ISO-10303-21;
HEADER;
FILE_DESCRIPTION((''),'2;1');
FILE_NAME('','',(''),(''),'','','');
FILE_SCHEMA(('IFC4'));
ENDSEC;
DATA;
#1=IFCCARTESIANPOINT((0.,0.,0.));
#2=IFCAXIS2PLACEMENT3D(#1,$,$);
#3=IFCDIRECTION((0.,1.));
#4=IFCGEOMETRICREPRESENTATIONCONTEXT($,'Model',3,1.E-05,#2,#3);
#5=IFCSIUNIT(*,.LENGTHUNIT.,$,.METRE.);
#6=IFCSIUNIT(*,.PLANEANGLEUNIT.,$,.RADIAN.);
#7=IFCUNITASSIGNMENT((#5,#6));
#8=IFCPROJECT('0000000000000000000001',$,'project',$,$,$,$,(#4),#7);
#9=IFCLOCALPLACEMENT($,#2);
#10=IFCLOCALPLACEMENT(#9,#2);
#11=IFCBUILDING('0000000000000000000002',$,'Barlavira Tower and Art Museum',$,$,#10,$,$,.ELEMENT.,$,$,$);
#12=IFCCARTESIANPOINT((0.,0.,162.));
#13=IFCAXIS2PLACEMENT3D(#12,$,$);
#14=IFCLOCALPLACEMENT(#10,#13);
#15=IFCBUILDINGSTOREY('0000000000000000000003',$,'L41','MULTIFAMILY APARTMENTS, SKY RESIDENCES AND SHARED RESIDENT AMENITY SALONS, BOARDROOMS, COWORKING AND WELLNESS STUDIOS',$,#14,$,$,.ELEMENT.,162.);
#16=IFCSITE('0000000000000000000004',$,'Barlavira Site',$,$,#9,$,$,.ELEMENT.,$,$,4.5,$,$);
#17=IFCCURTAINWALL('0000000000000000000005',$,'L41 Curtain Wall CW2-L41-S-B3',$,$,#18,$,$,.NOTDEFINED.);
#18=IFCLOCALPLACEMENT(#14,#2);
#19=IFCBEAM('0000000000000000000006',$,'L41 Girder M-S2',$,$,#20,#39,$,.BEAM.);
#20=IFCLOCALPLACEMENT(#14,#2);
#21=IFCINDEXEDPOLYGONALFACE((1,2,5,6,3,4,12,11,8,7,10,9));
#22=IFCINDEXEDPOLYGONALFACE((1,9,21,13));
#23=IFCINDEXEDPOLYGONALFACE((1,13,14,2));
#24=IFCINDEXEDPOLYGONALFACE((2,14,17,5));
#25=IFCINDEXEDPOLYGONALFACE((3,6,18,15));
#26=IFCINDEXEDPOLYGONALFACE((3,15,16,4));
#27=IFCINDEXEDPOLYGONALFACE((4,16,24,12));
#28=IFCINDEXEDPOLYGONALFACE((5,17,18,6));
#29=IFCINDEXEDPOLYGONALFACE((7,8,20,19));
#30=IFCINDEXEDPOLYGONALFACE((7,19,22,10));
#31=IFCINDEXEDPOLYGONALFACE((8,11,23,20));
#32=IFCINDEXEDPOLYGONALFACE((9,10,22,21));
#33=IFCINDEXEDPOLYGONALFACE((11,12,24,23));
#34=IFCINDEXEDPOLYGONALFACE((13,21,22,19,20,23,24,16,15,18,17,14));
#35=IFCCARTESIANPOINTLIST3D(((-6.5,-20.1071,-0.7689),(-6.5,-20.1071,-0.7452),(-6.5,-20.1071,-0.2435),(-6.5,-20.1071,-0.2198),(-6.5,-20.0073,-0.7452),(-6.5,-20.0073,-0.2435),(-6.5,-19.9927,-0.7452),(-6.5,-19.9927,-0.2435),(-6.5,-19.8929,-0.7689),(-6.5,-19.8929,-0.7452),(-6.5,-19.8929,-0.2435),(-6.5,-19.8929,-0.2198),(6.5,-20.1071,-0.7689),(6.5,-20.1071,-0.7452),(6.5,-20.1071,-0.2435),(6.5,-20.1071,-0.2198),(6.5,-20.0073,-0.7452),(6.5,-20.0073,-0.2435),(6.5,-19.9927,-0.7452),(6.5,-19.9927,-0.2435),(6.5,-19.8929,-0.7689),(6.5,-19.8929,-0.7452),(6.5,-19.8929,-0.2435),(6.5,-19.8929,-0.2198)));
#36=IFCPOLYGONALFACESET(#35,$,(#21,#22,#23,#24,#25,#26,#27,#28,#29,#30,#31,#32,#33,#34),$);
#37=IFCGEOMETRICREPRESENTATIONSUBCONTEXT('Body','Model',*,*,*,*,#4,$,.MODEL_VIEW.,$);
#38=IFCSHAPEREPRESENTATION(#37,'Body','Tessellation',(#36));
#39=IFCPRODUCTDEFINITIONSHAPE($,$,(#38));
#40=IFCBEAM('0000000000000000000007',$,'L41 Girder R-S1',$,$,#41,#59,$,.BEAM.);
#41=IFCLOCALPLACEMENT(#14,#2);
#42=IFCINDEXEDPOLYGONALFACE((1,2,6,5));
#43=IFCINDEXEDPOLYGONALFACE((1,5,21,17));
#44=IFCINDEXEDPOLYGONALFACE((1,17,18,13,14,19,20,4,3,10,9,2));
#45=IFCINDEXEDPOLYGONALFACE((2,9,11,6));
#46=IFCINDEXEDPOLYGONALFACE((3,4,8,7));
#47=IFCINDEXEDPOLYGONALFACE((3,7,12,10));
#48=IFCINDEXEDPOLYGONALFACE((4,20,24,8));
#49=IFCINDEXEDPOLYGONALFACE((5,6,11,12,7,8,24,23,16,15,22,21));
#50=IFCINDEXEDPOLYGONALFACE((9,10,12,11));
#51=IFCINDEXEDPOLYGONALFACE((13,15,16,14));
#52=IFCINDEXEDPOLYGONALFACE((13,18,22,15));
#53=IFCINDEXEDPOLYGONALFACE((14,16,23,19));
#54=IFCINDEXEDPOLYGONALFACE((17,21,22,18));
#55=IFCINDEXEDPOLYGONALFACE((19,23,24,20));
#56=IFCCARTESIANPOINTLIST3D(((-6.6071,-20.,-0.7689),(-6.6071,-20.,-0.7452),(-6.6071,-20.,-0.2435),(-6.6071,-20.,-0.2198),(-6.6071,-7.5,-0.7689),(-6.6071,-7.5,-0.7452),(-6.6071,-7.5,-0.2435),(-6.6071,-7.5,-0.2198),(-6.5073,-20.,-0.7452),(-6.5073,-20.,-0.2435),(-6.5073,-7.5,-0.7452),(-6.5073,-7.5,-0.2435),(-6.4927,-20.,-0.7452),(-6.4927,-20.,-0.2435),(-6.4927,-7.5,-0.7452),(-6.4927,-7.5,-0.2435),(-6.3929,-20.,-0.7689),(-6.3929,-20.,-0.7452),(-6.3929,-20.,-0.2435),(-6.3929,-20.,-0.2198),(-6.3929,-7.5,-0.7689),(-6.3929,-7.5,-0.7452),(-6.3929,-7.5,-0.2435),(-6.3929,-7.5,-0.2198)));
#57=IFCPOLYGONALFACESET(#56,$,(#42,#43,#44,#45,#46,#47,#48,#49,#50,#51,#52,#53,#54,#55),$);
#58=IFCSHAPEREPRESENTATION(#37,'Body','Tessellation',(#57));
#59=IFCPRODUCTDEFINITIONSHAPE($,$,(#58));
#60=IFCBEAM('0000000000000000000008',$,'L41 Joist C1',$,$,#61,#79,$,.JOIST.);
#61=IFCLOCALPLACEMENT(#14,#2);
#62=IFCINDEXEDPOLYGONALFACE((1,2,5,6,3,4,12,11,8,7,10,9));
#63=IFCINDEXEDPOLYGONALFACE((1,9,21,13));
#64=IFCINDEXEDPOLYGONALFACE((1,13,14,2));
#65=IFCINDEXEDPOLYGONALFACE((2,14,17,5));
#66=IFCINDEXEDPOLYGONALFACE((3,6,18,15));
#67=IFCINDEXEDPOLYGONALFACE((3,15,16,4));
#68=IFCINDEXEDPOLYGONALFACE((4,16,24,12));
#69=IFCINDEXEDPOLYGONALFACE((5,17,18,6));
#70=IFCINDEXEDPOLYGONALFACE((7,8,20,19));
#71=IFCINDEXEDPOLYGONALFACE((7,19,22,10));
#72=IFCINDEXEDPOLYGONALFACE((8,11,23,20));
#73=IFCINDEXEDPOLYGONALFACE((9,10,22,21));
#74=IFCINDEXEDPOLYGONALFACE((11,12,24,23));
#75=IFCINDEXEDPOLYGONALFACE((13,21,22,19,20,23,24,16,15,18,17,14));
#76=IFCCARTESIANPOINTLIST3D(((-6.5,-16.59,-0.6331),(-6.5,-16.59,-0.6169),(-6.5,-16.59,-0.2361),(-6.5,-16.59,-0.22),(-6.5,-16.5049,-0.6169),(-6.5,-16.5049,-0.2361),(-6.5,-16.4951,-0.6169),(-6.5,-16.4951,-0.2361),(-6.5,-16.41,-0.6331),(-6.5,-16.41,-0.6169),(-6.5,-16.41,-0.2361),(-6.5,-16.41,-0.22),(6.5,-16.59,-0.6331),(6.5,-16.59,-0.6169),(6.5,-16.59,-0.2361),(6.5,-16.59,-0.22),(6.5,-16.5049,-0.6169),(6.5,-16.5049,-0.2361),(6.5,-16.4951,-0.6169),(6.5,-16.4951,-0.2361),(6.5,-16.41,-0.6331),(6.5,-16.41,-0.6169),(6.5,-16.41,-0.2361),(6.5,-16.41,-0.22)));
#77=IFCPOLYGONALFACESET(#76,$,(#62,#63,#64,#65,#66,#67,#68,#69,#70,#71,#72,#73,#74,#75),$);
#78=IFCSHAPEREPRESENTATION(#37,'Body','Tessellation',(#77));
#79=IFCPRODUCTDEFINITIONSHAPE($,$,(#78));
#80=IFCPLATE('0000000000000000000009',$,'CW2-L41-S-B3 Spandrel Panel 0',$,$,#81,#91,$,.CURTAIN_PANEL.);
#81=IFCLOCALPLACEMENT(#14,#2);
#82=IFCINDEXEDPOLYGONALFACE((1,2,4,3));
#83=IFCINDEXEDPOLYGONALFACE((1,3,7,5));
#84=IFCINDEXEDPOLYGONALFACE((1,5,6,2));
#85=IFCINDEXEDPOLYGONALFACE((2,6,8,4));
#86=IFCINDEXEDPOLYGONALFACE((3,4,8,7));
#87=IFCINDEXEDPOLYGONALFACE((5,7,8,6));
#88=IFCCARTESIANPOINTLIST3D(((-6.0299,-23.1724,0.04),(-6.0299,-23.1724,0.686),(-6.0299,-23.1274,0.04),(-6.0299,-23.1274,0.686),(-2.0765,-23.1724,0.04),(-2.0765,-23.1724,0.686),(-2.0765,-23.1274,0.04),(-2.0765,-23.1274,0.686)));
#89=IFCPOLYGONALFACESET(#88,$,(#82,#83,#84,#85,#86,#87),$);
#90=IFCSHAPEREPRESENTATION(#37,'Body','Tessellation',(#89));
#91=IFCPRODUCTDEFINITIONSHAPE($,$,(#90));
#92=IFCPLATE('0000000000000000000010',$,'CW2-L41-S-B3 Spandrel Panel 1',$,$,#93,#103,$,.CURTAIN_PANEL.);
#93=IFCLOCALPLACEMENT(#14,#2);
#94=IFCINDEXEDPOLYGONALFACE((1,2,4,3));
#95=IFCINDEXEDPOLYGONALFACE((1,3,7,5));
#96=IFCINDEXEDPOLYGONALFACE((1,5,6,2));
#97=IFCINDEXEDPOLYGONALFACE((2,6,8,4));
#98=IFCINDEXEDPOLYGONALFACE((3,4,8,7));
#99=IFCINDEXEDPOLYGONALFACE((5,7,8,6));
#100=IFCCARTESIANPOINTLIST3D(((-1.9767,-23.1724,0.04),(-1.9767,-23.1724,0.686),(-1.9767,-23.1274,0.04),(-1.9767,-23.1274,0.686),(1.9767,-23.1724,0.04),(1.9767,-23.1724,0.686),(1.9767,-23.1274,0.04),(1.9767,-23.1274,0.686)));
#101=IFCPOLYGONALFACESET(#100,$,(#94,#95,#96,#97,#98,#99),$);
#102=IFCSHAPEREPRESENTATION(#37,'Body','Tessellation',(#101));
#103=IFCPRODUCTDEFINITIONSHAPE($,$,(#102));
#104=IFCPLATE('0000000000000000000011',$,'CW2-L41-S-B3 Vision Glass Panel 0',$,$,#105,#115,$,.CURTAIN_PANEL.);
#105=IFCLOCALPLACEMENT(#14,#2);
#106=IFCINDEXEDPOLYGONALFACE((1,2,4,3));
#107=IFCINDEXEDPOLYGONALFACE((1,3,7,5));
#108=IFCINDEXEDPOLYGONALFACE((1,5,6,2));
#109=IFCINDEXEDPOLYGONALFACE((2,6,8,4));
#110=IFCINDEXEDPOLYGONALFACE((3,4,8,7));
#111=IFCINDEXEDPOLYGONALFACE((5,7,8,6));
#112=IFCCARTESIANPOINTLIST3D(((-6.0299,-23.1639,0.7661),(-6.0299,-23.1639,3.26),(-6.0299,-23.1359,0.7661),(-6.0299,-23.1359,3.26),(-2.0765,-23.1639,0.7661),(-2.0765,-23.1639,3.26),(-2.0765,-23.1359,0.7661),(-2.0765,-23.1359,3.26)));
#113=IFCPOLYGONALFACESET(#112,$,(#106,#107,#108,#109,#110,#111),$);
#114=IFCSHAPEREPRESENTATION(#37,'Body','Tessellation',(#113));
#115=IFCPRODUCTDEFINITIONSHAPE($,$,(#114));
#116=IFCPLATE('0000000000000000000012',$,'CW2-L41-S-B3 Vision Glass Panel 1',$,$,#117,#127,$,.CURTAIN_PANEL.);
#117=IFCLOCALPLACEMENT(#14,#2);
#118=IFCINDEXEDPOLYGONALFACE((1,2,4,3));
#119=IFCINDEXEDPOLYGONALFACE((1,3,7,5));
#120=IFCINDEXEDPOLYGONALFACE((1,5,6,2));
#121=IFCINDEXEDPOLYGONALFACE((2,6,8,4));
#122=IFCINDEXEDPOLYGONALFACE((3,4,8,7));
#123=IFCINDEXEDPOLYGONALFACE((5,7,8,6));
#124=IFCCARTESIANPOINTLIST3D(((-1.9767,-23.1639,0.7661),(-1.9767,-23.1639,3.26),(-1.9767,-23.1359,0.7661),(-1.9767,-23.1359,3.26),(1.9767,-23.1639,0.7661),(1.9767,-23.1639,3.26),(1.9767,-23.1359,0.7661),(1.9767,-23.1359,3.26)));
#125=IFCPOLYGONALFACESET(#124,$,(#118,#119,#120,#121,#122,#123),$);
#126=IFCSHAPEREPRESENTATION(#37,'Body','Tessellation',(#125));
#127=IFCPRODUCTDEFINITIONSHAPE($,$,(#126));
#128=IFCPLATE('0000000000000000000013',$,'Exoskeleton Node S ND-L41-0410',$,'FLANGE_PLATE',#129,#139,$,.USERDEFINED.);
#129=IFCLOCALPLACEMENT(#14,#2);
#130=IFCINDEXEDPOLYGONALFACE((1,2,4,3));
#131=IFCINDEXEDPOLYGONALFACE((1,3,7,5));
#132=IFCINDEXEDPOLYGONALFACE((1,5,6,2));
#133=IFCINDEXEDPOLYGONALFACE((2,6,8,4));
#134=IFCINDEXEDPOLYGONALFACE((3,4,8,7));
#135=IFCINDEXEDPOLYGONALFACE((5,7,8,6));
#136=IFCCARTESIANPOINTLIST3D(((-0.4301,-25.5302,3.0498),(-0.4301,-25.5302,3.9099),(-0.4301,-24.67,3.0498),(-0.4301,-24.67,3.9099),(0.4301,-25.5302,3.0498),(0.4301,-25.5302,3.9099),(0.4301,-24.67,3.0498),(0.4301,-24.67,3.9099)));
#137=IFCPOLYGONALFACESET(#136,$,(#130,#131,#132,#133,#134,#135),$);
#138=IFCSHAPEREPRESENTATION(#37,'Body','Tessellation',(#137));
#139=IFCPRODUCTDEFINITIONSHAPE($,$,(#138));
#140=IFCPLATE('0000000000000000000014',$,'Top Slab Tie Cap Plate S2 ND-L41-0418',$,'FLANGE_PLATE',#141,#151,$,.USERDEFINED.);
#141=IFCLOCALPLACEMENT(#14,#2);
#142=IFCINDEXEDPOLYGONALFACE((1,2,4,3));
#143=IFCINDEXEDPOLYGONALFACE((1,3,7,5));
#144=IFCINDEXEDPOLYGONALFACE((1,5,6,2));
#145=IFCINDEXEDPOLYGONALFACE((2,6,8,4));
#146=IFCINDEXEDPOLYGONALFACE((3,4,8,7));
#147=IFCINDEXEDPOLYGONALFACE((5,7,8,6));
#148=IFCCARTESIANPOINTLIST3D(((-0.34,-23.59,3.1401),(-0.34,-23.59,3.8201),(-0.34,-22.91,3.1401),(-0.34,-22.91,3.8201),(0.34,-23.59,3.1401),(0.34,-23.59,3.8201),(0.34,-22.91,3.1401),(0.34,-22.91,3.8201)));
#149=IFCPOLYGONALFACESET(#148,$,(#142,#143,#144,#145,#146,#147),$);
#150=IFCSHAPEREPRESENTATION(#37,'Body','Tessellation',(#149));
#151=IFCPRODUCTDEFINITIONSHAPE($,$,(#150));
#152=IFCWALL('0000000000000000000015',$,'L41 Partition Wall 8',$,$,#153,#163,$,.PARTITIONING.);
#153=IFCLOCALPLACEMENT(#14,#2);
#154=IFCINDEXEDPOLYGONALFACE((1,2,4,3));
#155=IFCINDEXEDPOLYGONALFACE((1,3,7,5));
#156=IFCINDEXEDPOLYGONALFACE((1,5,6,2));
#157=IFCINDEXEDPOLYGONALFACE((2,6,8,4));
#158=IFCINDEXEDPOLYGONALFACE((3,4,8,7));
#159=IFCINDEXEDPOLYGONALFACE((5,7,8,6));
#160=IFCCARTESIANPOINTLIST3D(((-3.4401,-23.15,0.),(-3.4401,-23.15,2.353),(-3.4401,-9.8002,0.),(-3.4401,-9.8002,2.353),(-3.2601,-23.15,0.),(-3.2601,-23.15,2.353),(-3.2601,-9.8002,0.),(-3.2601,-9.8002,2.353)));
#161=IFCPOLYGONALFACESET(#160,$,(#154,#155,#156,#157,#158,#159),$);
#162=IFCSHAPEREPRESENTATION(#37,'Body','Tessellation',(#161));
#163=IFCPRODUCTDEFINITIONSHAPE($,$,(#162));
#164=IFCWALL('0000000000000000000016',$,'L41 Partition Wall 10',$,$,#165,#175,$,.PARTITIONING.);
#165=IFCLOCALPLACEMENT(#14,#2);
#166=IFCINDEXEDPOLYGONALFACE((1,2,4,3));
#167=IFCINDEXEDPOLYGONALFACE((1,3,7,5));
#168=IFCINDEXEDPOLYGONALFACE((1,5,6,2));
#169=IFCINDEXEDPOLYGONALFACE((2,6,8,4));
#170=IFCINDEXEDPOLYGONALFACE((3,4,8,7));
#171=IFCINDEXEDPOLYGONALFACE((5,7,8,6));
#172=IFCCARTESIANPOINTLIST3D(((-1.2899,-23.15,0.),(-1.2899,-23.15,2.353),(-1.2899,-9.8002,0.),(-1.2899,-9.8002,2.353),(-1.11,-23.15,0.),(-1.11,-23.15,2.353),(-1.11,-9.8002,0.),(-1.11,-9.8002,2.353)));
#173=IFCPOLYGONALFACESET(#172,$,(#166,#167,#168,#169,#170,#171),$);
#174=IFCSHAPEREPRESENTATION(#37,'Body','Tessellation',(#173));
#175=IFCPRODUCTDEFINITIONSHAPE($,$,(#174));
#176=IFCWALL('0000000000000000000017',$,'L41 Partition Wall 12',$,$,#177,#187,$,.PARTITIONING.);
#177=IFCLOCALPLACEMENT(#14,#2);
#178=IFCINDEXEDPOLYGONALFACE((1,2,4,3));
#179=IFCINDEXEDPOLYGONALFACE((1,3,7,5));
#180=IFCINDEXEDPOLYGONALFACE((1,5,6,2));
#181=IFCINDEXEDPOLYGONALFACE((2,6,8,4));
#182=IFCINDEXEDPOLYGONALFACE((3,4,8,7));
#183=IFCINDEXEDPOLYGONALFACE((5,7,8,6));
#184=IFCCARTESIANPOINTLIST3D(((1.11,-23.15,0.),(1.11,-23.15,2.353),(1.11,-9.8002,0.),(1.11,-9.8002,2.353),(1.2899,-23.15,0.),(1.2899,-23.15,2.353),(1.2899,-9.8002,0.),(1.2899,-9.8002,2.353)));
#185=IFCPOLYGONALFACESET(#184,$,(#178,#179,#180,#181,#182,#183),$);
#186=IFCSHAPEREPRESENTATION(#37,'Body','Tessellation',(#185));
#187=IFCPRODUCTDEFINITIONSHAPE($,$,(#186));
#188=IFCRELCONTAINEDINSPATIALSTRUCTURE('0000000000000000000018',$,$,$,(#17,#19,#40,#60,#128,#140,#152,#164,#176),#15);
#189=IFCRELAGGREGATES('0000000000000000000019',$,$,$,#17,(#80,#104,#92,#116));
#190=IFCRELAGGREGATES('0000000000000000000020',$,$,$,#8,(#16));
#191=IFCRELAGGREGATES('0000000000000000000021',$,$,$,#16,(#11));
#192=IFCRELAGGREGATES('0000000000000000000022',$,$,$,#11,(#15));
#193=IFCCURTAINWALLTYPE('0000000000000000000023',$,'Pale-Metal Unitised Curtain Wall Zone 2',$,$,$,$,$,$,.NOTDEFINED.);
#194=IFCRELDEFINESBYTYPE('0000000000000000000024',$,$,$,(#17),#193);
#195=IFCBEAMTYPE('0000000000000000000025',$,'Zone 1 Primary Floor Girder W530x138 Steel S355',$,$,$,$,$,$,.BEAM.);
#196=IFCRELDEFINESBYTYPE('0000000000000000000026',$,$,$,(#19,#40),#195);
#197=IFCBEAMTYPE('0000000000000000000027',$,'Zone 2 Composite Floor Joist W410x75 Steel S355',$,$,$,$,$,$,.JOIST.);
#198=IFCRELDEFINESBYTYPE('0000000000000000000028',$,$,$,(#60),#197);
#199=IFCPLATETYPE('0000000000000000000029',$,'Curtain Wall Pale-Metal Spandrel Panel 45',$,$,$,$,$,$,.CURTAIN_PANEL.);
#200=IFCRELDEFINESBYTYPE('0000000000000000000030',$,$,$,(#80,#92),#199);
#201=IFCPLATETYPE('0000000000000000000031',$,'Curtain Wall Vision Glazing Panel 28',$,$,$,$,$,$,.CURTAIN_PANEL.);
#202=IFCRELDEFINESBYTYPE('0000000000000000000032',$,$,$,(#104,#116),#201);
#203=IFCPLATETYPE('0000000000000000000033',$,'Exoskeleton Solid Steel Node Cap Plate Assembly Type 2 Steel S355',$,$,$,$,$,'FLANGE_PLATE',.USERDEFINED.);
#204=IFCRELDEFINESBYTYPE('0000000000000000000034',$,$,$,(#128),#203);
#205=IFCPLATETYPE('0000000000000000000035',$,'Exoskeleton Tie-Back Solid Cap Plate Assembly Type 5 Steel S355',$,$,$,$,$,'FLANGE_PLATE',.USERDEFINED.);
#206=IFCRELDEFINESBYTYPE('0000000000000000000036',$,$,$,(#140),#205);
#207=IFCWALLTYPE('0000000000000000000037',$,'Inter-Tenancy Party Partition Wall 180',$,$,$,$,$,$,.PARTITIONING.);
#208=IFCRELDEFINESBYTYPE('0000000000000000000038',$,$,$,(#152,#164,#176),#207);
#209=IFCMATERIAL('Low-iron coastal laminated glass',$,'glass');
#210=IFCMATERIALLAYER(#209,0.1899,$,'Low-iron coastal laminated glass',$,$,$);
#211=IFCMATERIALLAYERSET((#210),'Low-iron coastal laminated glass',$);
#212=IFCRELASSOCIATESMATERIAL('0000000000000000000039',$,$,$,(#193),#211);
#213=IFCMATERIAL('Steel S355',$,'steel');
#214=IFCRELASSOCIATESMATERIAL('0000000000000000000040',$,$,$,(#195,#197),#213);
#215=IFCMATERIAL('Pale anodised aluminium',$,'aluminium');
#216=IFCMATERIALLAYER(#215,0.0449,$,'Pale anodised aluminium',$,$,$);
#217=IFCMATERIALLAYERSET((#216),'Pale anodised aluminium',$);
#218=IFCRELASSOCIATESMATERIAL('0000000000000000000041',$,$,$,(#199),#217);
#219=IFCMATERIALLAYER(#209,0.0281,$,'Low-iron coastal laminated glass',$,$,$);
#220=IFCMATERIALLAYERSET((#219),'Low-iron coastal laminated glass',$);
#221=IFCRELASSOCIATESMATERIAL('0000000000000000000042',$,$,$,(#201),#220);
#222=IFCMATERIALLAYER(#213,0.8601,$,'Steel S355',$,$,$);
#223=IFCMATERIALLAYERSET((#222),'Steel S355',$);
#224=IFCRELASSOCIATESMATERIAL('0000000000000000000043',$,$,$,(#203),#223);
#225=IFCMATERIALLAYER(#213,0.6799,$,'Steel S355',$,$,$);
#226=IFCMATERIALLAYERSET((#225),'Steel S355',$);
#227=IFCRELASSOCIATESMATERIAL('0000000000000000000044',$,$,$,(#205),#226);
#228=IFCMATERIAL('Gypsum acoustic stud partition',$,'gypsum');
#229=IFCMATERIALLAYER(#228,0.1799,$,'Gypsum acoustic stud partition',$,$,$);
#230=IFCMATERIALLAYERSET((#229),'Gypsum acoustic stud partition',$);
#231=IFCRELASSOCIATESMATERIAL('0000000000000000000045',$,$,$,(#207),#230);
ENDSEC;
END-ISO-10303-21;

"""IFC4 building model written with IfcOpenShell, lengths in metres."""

from ifc_helpers import new_model, si_unit, direction, frame, frame_2d, origin, origin_2d, place, context, subcontext, project, spatial, rectangle, i_section, extrude, material, layer, layer_set, material_profile, profile_set, type_object, element, aggregate, save


model = new_model("IFC4")

# Units and contexts
model_context = context("Model", 3, precision=1e-05, world=origin(), true_north=direction((0.0, 1.0)))
body_context = subcontext(model_context, "Body", "Model", "MODEL_VIEW")
ifc_project = project(units=[si_unit("LENGTHUNIT", "METRE"), si_unit("PLANEANGLEUNIT", "RADIAN")], contexts=[model_context])

# Site, building, storey
site_placement = place(None, origin())
site = spatial("IfcSite", under=ifc_project, at=site_placement, Name="Barlavira Site", CompositionType="ELEMENT", RefElevation=4.5)
building_placement = place(site_placement, origin())
building = spatial("IfcBuilding", under=site, at=building_placement, Name="Barlavira Tower and Art Museum", CompositionType="ELEMENT")
storey_placement = place(building_placement, frame((0.0, 0.0, 162.0)))
storey = spatial("IfcBuildingStorey", under=building, at=storey_placement, Name="L41", Description="MULTIFAMILY APARTMENTS, SKY RESIDENCES AND SHARED RESIDENT AMENITY SALONS, BOARDROOMS, COWORKING AND WELLNESS STUDIOS", CompositionType="ELEMENT", Elevation=162.0)

# Curtain wall
ifc_material_1 = material(Name="Low-iron coastal laminated glass", Category="glass")
ifc_layer_1 = layer(ifc_material_1, 0.1899, Name="Low-iron coastal laminated glass")
ifc_layer_set_1 = layer_set([ifc_layer_1], Name="Low-iron coastal laminated glass")
curtain_wall_type = type_object("IfcCurtainWallType", Name="Pale-Metal Unitised Curtain Wall Zone 2", PredefinedType="NOTDEFINED", material=ifc_layer_set_1)
curtain_wall_placement = place(storey_placement, origin())
curtain_wall = element("IfcCurtainWall", 1, at=curtain_wall_placement, inside=storey, type_object=curtain_wall_type, Name="L41 Curtain Wall CW2-L41-S-B3", PredefinedType="NOTDEFINED")
ifc_material_2 = material(Name="Pale anodised aluminium", Category="aluminium")

# Shared definitions
ifc_material_3 = material(Name="Steel S355", Category="steel")

# Beams
ifc_material_profile_1 = material_profile(ifc_material_3, i_section(OverallWidth=0.2141, OverallDepth=0.5491, WebThickness=0.0146, FlangeThickness=0.0237, at=origin_2d()), Name="W530x138.0")
ifc_profile_set_1 = profile_set([ifc_material_profile_1], Name="Steel S355")
beam_type_1 = type_object("IfcBeamType", Name="Zone 1 Primary Floor Girder W530x138 Steel S355", PredefinedType="BEAM", material=ifc_profile_set_1)
beam_1_placement = place(storey_placement, frame((-6.5, -20.0, -0.4944), z_axis=(1.0, 0.0, 0.0), x_axis=(0.0, 1.0, 0.0)))
element("IfcBeam", 2, at=beam_1_placement, inside=storey, type_object=beam_type_1, Name="L41 Girder M-S2", PredefinedType="BEAM", context=body_context, shape_type="SweptSolid", body=[
    extrude(i_section(OverallWidth=0.2141, OverallDepth=0.5491, WebThickness=0.0146, FlangeThickness=0.0237, at=origin_2d()), origin(), (0.0, 0.0, 1.0), 13.0),
])
beam_2_placement = place(storey_placement, frame((-6.5, -20.0, -0.4944), z_axis=(0.0, 1.0, 0.0), x_axis=(-1.0, 0.0, 0.0)))
element("IfcBeam", 3, at=beam_2_placement, inside=storey, type_object=beam_type_1, Name="L41 Girder R-S1", PredefinedType="BEAM", context=body_context, shape_type="SweptSolid", body=[
    extrude(i_section(OverallWidth=0.2141, OverallDepth=0.5491, WebThickness=0.0146, FlangeThickness=0.0237, at=origin_2d()), origin(), (0.0, 0.0, 1.0), 12.5),
])
ifc_material_profile_2 = material_profile(ifc_material_3, i_section(OverallWidth=0.1799, OverallDepth=0.4131, WebThickness=0.0098, FlangeThickness=0.0161, at=origin_2d()), Name="W410x75.0")
ifc_profile_set_2 = profile_set([ifc_material_profile_2], Name="Steel S355")
beam_type_2 = type_object("IfcBeamType", Name="Zone 2 Composite Floor Joist W410x75 Steel S355", PredefinedType="JOIST", material=ifc_profile_set_2)
beam_3_placement = place(storey_placement, frame((-6.5, -16.5, -0.4265), z_axis=(1.0, 0.0, 0.0), x_axis=(0.0, 1.0, 0.0)))
element("IfcBeam", 4, at=beam_3_placement, inside=storey, type_object=beam_type_2, Name="L41 Joist C1", PredefinedType="JOIST", context=body_context, shape_type="SweptSolid", body=[
    extrude(i_section(OverallWidth=0.1799, OverallDepth=0.4131, WebThickness=0.0098, FlangeThickness=0.0161, at=origin_2d()), origin(), (0.0, 0.0, 1.0), 13.0),
])

# Plates
ifc_layer_2 = layer(ifc_material_2, 0.0449, Name="Pale anodised aluminium")
ifc_layer_set_2 = layer_set([ifc_layer_2], Name="Pale anodised aluminium")
plate_type_1 = type_object("IfcPlateType", Name="Curtain Wall Pale-Metal Spandrel Panel 45", PredefinedType="CURTAIN_PANEL", material=ifc_layer_set_2)
plate_1_placement = place(storey_placement, frame((-4.0532, -23.1499, 0.04), z_axis=(0.0, 0.0, 1.0), x_axis=(1.0, 0.0, 0.0)))
plate_1 = element("IfcPlate", 5, at=plate_1_placement, type_object=plate_type_1, Name="CW2-L41-S-B3 Spandrel Panel 0", PredefinedType="CURTAIN_PANEL", context=body_context, shape_type="SweptSolid", body=[
    extrude(rectangle(XDim=3.9534, YDim=0.0449, at=origin_2d()), origin(), (0.0, 0.0, 1.0), 0.646),
])
plate_2_placement = place(storey_placement, frame((0.0, -23.1499, 0.04), z_axis=(0.0, 0.0, 1.0), x_axis=(1.0, 0.0, 0.0)))
plate_2 = element("IfcPlate", 6, at=plate_2_placement, type_object=plate_type_1, Name="CW2-L41-S-B3 Spandrel Panel 1", PredefinedType="CURTAIN_PANEL", context=body_context, shape_type="SweptSolid", body=[
    extrude(rectangle(XDim=3.9534, YDim=0.0449, at=origin_2d()), origin(), (0.0, 0.0, 1.0), 0.646),
])
ifc_layer_3 = layer(ifc_material_1, 0.0281, Name="Low-iron coastal laminated glass")
ifc_layer_set_3 = layer_set([ifc_layer_3], Name="Low-iron coastal laminated glass")
plate_type_2 = type_object("IfcPlateType", Name="Curtain Wall Vision Glazing Panel 28", PredefinedType="CURTAIN_PANEL", material=ifc_layer_set_3)
plate_3_placement = place(storey_placement, frame((-4.0532, -23.1499, 0.7661), z_axis=(0.0, 0.0, 1.0), x_axis=(1.0, 0.0, 0.0)))
plate_3 = element("IfcPlate", 7, at=plate_3_placement, type_object=plate_type_2, Name="CW2-L41-S-B3 Vision Glass Panel 0", PredefinedType="CURTAIN_PANEL", context=body_context, shape_type="SweptSolid", body=[
    extrude(rectangle(XDim=3.9534, YDim=0.0281, at=origin_2d()), origin(), (0.0, 0.0, 1.0), 2.4939),
])
plate_4_placement = place(storey_placement, frame((0.0, -23.1499, 0.7661), z_axis=(0.0, 0.0, 1.0), x_axis=(1.0, 0.0, 0.0)))
plate_4 = element("IfcPlate", 8, at=plate_4_placement, type_object=plate_type_2, Name="CW2-L41-S-B3 Vision Glass Panel 1", PredefinedType="CURTAIN_PANEL", context=body_context, shape_type="SweptSolid", body=[
    extrude(rectangle(XDim=3.9534, YDim=0.0281, at=origin_2d()), origin(), (0.0, 0.0, 1.0), 2.4939),
])
aggregate(curtain_wall, [plate_1, plate_3, plate_2, plate_4])

# Plates
ifc_layer_4 = layer(ifc_material_3, 0.8601, Name="Steel S355")
ifc_layer_set_4 = layer_set([ifc_layer_4], Name="Steel S355")
plate_type_3 = type_object("IfcPlateType", Name="Exoskeleton Solid Steel Node Cap Plate Assembly Type 2 Steel S355", ElementType="FLANGE_PLATE", PredefinedType="USERDEFINED", material=ifc_layer_set_4)
plate_5_placement = place(storey_placement, frame((0.0, -25.1001, 3.0498), z_axis=(0.0, 0.0, 1.0), x_axis=(1.0, 0.0, 0.0)))
element("IfcPlate", 9, at=plate_5_placement, inside=storey, type_object=plate_type_3, Name="Exoskeleton Node S ND-L41-0410", ObjectType="FLANGE_PLATE", PredefinedType="USERDEFINED", context=body_context, shape_type="SweptSolid", body=[
    extrude(rectangle(XDim=0.8601, YDim=0.8601, at=origin_2d()), origin(), (0.0, 0.0, 1.0), 0.8601),
])
ifc_layer_5 = layer(ifc_material_3, 0.6799, Name="Steel S355")
ifc_layer_set_5 = layer_set([ifc_layer_5], Name="Steel S355")
plate_type_4 = type_object("IfcPlateType", Name="Exoskeleton Tie-Back Solid Cap Plate Assembly Type 5 Steel S355", ElementType="FLANGE_PLATE", PredefinedType="USERDEFINED", material=ifc_layer_set_5)
plate_6_placement = place(storey_placement, frame((0.0, -23.25, 3.1401), z_axis=(0.0, 0.0, 1.0), x_axis=(1.0, 0.0, 0.0)))
element("IfcPlate", 10, at=plate_6_placement, inside=storey, type_object=plate_type_4, Name="Top Slab Tie Cap Plate S2 ND-L41-0418", ObjectType="FLANGE_PLATE", PredefinedType="USERDEFINED", context=body_context, shape_type="SweptSolid", body=[
    extrude(rectangle(XDim=0.6799, YDim=0.6799, at=origin_2d()), origin(), (0.0, 0.0, 1.0), 0.6799),
])

# Walls
ifc_material_4 = material(Name="Gypsum acoustic stud partition", Category="gypsum")
ifc_layer_6 = layer(ifc_material_4, 0.1799, Name="Gypsum acoustic stud partition")
ifc_layer_set_6 = layer_set([ifc_layer_6], Name="Gypsum acoustic stud partition")
wall_type_1 = type_object("IfcWallType", Name="Inter-Tenancy Party Partition Wall 180", PredefinedType="PARTITIONING", material=ifc_layer_set_6)
for number, where, z_axis, x_axis, name in (
    (11, (-3.3501, -23.1499, 0.0), (0.0, 0.0, 1.0), (0.0, 1.0, 0.0), "L41 Partition Wall 8"),
    (12, (-1.2, -23.1499, 0.0), (0.0, 0.0, 1.0), (0.0, 1.0, 0.0), "L41 Partition Wall 10"),
    (13, (1.2, -23.1499, 0.0), (0.0, 0.0, 1.0), (0.0, 1.0, 0.0), "L41 Partition Wall 12"),
):
    element("IfcWall", number, at=place(storey_placement, frame(where, z_axis=z_axis, x_axis=x_axis)), inside=storey, type_object=wall_type_1, Name=name, PredefinedType="PARTITIONING", context=body_context, shape_type="SweptSolid", body=[
        extrude(rectangle(XDim=13.3499, YDim=0.1799, at=frame_2d((6.6748, 0.0))), origin(), (0.0, 0.0, 1.0), 2.353),
    ])

save(model, "model.ifc")
